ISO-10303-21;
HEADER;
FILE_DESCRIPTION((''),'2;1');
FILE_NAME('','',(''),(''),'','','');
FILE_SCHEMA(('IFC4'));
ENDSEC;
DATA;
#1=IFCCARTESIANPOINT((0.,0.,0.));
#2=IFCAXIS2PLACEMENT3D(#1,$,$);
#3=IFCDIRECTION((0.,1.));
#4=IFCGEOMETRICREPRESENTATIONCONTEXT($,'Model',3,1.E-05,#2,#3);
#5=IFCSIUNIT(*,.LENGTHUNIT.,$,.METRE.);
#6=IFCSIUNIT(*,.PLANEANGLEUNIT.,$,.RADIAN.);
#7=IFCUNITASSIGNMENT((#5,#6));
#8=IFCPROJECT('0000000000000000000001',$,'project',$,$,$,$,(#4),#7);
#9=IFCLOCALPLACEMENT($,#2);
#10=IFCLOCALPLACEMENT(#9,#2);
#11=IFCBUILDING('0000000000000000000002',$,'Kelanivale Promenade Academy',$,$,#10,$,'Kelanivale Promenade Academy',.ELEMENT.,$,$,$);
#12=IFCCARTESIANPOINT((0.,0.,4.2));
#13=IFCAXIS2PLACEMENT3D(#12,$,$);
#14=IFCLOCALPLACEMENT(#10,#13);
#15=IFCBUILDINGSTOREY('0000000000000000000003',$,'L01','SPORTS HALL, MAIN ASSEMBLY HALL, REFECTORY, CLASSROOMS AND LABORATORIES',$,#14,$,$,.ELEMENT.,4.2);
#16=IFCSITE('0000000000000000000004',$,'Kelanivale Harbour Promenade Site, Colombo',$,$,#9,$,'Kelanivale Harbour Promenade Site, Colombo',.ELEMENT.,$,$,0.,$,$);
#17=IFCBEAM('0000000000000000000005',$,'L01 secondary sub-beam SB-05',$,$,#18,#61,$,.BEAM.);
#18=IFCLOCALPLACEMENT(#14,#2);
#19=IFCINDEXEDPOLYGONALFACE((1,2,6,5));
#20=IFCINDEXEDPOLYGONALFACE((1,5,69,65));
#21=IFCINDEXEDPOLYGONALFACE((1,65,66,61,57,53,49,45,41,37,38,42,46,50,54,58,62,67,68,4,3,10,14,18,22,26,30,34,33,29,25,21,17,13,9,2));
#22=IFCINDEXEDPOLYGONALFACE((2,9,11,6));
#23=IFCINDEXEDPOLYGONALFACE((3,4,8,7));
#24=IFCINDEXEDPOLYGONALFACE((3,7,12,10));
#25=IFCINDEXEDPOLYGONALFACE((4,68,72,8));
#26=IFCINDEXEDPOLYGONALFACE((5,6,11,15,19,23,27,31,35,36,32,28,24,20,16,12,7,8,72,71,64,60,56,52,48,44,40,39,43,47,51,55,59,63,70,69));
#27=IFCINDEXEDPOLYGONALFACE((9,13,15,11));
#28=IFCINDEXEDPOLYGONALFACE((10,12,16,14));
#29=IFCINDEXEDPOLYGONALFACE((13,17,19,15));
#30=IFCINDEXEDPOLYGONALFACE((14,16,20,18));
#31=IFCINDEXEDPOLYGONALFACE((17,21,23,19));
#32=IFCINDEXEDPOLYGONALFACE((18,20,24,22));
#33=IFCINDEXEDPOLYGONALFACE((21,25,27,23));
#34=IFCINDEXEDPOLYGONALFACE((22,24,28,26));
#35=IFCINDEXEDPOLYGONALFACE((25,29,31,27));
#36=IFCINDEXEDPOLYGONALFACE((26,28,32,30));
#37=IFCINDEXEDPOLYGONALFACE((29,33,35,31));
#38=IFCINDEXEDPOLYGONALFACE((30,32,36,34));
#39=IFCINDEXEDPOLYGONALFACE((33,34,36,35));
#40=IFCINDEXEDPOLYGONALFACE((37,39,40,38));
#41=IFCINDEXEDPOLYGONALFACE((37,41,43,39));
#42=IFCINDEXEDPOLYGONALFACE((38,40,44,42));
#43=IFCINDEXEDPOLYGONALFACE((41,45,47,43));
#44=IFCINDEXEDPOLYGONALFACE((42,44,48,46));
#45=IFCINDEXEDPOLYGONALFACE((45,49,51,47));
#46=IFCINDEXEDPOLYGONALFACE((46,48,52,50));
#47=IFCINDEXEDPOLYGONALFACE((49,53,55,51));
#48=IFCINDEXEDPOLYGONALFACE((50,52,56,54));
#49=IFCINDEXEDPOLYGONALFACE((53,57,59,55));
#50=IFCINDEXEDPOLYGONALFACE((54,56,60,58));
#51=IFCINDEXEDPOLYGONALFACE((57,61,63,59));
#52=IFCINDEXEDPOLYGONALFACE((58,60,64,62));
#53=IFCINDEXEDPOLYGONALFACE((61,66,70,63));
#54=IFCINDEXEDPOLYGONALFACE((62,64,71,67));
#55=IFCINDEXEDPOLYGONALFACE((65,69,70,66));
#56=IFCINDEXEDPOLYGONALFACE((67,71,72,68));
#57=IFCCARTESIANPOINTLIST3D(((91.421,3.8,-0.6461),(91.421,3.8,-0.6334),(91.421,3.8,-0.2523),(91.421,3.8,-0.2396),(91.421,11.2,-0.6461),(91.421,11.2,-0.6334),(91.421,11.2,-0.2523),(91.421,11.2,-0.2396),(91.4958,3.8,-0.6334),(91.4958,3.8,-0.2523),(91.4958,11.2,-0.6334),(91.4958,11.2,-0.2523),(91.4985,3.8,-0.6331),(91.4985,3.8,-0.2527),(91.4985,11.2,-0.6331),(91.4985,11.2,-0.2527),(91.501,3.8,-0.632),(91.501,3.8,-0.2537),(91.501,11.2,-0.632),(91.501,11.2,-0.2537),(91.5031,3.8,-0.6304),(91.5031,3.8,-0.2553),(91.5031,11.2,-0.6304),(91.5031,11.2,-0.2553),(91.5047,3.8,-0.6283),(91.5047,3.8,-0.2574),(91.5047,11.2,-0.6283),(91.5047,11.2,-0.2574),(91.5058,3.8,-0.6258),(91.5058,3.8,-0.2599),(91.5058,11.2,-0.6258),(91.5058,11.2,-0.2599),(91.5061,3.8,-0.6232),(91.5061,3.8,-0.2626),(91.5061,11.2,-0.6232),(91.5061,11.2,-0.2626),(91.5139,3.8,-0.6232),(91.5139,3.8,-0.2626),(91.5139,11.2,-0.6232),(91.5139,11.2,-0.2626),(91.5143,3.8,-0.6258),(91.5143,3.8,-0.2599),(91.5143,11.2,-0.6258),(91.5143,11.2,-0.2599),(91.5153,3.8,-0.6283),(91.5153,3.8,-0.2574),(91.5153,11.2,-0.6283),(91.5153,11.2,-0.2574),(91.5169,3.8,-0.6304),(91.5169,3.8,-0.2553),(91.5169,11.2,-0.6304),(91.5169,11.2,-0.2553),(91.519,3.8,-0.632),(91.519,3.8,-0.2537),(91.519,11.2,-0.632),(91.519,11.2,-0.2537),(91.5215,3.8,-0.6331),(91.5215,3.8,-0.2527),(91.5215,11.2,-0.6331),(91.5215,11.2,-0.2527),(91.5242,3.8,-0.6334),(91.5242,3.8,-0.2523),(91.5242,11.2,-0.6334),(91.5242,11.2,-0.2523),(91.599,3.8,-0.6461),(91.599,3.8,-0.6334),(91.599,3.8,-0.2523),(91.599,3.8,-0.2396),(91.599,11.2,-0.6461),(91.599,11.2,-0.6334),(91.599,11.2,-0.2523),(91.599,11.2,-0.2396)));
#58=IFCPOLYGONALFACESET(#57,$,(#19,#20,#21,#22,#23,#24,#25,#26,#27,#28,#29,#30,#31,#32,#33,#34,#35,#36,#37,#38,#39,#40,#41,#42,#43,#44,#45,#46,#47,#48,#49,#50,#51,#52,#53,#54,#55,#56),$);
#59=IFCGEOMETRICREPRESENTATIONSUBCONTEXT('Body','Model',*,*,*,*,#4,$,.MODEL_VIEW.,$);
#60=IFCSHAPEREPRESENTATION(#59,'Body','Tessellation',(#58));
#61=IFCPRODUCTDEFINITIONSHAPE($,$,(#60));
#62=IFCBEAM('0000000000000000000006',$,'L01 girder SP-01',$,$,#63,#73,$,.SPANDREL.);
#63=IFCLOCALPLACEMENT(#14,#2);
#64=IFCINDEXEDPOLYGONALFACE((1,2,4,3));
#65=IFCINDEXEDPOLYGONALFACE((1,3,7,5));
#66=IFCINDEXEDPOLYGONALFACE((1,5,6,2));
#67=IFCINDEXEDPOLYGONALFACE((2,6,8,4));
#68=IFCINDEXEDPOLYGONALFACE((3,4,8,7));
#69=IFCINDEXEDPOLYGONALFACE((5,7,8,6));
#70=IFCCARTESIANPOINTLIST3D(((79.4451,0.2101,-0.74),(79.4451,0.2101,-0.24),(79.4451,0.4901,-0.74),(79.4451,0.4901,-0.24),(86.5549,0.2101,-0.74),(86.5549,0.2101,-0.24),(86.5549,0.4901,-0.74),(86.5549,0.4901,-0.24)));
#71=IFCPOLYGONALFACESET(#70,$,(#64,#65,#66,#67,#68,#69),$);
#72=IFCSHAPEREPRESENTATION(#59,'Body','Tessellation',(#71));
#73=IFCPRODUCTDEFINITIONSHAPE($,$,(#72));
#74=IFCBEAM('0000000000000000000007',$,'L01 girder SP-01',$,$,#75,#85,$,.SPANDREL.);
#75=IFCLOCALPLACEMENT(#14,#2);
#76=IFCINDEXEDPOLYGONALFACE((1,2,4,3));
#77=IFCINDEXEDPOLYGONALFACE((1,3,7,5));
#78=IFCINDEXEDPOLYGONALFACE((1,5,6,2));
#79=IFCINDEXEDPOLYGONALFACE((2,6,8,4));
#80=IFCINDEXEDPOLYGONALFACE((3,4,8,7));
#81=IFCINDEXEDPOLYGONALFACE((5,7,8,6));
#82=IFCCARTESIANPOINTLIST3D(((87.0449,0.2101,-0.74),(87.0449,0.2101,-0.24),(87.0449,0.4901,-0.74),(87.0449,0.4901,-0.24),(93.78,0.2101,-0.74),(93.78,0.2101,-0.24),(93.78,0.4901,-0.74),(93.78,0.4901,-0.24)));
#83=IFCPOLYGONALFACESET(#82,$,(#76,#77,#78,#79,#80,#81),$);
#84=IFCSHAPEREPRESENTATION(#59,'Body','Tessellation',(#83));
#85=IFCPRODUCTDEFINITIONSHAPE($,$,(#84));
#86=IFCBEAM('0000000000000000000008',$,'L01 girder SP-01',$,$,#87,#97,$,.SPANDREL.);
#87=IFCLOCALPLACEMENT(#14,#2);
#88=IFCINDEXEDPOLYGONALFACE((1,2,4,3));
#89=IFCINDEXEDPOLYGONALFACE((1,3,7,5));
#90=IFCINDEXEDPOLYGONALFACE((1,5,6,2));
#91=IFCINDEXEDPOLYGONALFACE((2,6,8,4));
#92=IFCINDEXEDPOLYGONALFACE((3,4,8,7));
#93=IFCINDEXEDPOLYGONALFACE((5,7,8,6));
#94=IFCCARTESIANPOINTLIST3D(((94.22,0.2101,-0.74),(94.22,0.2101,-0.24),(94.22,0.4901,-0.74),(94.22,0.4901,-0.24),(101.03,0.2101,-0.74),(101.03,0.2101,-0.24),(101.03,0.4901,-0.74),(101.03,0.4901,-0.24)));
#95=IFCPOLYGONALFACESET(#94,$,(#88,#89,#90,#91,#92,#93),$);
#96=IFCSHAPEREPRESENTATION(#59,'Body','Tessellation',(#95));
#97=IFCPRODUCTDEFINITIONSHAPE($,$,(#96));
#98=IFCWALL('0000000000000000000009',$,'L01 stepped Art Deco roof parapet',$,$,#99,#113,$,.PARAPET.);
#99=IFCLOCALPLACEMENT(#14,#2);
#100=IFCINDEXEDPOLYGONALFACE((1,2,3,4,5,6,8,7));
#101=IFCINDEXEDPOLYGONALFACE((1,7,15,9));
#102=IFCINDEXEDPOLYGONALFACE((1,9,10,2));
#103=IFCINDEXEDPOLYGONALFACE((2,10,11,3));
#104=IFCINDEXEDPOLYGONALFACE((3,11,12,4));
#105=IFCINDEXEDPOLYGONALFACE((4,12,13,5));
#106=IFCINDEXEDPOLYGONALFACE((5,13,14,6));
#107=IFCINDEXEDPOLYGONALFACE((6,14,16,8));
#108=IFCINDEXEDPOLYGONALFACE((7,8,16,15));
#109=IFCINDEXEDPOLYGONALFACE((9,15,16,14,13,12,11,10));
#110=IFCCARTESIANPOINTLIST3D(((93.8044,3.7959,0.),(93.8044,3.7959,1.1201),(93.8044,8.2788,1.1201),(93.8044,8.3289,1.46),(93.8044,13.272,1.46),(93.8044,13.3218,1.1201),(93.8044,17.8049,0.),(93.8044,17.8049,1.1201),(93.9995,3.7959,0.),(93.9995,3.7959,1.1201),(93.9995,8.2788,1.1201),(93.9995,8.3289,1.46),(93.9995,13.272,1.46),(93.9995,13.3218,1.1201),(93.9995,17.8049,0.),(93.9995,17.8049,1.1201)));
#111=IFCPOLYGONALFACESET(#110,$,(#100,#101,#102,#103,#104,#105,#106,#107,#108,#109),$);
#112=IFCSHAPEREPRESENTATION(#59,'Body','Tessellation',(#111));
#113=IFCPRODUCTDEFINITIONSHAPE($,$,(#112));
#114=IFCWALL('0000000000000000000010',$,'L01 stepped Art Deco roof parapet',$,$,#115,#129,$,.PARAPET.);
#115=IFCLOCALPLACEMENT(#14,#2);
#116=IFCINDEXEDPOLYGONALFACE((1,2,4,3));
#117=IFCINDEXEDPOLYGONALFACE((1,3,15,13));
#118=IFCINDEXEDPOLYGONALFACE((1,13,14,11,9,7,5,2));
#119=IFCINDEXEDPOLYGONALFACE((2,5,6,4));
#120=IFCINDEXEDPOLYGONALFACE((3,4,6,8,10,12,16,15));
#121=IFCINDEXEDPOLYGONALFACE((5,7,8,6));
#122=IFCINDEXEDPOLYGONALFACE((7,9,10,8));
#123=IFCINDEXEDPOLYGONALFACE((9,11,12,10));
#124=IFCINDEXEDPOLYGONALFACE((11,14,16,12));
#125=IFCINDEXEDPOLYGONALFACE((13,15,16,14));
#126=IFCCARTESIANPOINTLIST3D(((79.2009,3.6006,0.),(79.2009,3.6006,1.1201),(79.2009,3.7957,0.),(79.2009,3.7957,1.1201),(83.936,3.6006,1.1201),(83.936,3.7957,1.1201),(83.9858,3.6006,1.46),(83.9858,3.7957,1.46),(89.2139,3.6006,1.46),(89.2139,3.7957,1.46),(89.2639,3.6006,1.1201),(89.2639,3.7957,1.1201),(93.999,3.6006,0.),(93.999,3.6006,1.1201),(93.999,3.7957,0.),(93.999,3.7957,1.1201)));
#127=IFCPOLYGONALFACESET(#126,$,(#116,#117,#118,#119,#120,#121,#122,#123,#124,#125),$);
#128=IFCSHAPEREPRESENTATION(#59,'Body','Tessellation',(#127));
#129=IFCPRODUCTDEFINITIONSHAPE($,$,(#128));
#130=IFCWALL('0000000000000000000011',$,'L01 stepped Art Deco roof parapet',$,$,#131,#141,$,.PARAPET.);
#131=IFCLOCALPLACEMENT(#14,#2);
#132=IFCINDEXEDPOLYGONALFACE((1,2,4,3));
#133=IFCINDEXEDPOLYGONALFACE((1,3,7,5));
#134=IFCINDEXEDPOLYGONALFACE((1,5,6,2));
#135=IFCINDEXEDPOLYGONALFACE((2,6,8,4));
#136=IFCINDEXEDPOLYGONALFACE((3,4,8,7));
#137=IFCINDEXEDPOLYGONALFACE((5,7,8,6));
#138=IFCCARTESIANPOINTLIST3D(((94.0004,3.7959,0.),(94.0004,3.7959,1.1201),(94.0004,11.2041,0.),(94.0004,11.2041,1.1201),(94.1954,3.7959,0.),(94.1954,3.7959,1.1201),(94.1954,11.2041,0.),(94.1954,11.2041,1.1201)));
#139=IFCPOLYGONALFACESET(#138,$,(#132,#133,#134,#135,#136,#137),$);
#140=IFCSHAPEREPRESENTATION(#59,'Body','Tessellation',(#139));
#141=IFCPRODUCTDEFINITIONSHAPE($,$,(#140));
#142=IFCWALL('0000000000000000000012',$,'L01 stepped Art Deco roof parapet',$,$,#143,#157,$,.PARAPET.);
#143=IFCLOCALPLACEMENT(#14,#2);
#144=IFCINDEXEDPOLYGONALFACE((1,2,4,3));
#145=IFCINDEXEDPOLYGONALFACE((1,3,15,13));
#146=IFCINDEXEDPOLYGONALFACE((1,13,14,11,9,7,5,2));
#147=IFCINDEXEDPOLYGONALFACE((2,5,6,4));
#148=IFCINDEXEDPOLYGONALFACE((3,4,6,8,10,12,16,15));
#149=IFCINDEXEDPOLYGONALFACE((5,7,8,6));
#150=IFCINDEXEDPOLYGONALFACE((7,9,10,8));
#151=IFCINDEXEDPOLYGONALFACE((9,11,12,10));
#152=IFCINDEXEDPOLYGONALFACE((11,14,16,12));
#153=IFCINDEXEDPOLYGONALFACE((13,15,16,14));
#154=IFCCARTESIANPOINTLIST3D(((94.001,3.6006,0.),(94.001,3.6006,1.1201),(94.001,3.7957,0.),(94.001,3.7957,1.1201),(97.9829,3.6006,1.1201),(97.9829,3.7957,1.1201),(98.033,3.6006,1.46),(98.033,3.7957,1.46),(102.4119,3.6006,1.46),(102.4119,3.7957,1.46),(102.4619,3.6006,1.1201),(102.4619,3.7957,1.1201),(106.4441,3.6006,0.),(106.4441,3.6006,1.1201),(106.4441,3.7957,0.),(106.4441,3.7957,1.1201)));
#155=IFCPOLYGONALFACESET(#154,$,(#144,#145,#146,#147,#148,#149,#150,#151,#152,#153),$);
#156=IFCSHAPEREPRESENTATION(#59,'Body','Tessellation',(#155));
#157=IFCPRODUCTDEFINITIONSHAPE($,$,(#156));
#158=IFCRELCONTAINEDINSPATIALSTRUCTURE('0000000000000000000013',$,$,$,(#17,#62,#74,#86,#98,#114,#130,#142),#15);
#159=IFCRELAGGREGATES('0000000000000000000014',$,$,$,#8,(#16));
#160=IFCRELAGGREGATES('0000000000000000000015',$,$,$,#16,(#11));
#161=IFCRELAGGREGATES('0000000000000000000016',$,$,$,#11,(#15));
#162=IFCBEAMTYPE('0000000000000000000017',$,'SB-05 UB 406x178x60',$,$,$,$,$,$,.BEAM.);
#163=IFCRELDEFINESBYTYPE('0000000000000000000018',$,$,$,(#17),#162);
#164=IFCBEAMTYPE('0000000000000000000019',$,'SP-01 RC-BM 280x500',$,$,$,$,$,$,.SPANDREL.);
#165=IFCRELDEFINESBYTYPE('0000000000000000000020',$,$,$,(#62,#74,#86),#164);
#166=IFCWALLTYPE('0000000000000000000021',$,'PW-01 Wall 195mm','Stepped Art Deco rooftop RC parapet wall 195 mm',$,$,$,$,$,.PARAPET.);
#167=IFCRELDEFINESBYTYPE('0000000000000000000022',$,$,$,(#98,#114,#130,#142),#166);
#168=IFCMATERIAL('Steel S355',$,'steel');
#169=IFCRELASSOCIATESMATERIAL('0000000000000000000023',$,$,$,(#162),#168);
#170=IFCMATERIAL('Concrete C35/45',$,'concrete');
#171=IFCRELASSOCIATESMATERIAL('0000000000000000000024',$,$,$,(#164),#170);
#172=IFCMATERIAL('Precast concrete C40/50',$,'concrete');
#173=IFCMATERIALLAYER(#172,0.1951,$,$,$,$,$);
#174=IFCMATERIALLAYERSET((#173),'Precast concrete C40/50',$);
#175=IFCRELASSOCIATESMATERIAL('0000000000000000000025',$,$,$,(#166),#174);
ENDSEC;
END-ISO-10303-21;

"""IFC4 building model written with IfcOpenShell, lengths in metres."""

from ifc_helpers import new_model, si_unit, direction, frame, frame_2d, origin, origin_2d, place, context, subcontext, project, spatial, polyline, rectangle, i_section, outline, extrude, material, layer, layer_set, material_profile, profile_set, type_object, element, save


model = new_model("IFC4")

# Units and contexts
model_context = context("Model", 3, precision=1e-05, world=origin(), true_north=direction((0.0, 1.0)))
body_context = subcontext(model_context, "Body", "Model", "MODEL_VIEW")
ifc_project = project(units=[si_unit("LENGTHUNIT", "METRE"), si_unit("PLANEANGLEUNIT", "RADIAN")], contexts=[model_context])

# Site, building, storey
site_placement = place(None, origin())
site = spatial("IfcSite", under=ifc_project, at=site_placement, Name="Kelanivale Harbour Promenade Site, Colombo", LongName="Kelanivale Harbour Promenade Site, Colombo", CompositionType="ELEMENT", RefElevation=0.0)
building_placement = place(site_placement, origin())
building = spatial("IfcBuilding", under=site, at=building_placement, Name="Kelanivale Promenade Academy", LongName="Kelanivale Promenade Academy", CompositionType="ELEMENT")
storey_placement = place(building_placement, frame((0.0, 0.0, 4.2)))
storey = spatial("IfcBuildingStorey", under=building, at=storey_placement, Name="L01", Description="SPORTS HALL, MAIN ASSEMBLY HALL, REFECTORY, CLASSROOMS AND LABORATORIES", CompositionType="ELEMENT", Elevation=4.2)

# Beams
ifc_material_1 = material(Name="Concrete C35/45", Category="concrete")
ifc_material_2 = material(Name="Steel S355", Category="steel")
ifc_material_profile_1 = material_profile(ifc_material_2, i_section(OverallWidth=0.178, OverallDepth=0.4065, WebThickness=0.0078, FlangeThickness=0.0127, FilletRadius=0.0103, at=origin_2d()), Name="UB 406x178x60")
ifc_profile_set_1 = profile_set([ifc_material_profile_1], Name="Steel S355")
beam_type_1 = type_object("IfcBeamType", Name="SB-05 UB 406x178x60", PredefinedType="BEAM", material=ifc_profile_set_1)
beam_1_placement = place(storey_placement, frame((91.51, 3.8, -0.4429), z_axis=(0.0, 1.0, 0.0), x_axis=(-1.0, 0.0, 0.0)))
element("IfcBeam", 1, at=beam_1_placement, inside=storey, type_object=beam_type_1, Name="L01 secondary sub-beam SB-05", PredefinedType="BEAM", context=body_context, shape_type="SweptSolid", body=[
    extrude(i_section(OverallWidth=0.178, OverallDepth=0.4065, WebThickness=0.0078, FlangeThickness=0.0127, FilletRadius=0.0103, at=origin_2d()), origin(), (0.0, 0.0, 1.0), 7.3999),
])
ifc_material_profile_2 = material_profile(ifc_material_1, rectangle(XDim=0.28, YDim=0.5, at=origin_2d()), Name="RC-BM 280x500")
ifc_profile_set_2 = profile_set([ifc_material_profile_2], Name="Concrete C35/45")
beam_type_2 = type_object("IfcBeamType", Name="SP-01 RC-BM 280x500", PredefinedType="SPANDREL", material=ifc_profile_set_2)
beam_2_placement = place(storey_placement, frame((79.4451, 0.3501, -0.49), z_axis=(1.0, 0.0, 0.0), x_axis=(0.0, 1.0, 0.0)))
element("IfcBeam", 2, at=beam_2_placement, inside=storey, type_object=beam_type_2, Name="L01 girder SP-01", PredefinedType="SPANDREL", context=body_context, shape_type="SweptSolid", body=[
    extrude(rectangle(XDim=0.28, YDim=0.5, at=origin_2d()), origin(), (0.0, 0.0, 1.0), 7.1099),
])
beam_3_placement = place(storey_placement, frame((87.0449, 0.3501, -0.49), z_axis=(1.0, 0.0, 0.0), x_axis=(0.0, 1.0, 0.0)))
element("IfcBeam", 3, at=beam_3_placement, inside=storey, type_object=beam_type_2, Name="L01 girder SP-01", PredefinedType="SPANDREL", context=body_context, shape_type="SweptSolid", body=[
    extrude(rectangle(XDim=0.28, YDim=0.5, at=origin_2d()), origin(), (0.0, 0.0, 1.0), 6.7351),
])
beam_4_placement = place(storey_placement, frame((94.22, 0.3501, -0.49), z_axis=(1.0, 0.0, 0.0), x_axis=(0.0, 1.0, 0.0)))
element("IfcBeam", 4, at=beam_4_placement, inside=storey, type_object=beam_type_2, Name="L01 girder SP-01", PredefinedType="SPANDREL", context=body_context, shape_type="SweptSolid", body=[
    extrude(rectangle(XDim=0.28, YDim=0.5, at=origin_2d()), origin(), (0.0, 0.0, 1.0), 6.8101),
])

# Walls
ifc_material_3 = material(Name="Precast concrete C40/50", Category="concrete")
ifc_layer = layer(ifc_material_3, 0.1951)
ifc_layer_set = layer_set([ifc_layer], Name="Precast concrete C40/50")
wall_type = type_object("IfcWallType", Name="PW-01 Wall 195mm", Description="Stepped Art Deco rooftop RC parapet wall 195 mm", PredefinedType="PARAPET", material=ifc_layer_set)
wall_1_placement = place(storey_placement, frame((93.9021, 3.7959, 0.0), z_axis=(0.0, 0.0, 1.0), x_axis=(0.0, 1.0, 0.0)))
element("IfcWall", 5, at=wall_1_placement, inside=storey, type_object=wall_type, Name="L01 stepped Art Deco roof parapet", PredefinedType="PARAPET", context=body_context, shape_type="SweptSolid", body=[
    extrude(outline(polyline([(0.0, 0.0), (14.009, 0.0), (14.009, 1.1201), (9.5259, 1.1201), (9.4761, 1.46), (4.533, 1.46), (4.4829, 1.1201), (0.0, 1.1201), (0.0, 0.0)])), frame((0.0, 0.0977, 0.0), z_axis=(0.0, -1.0, 0.0), x_axis=(1.0, 0.0, 0.0)), (0.0, 0.0, 1.0), 0.1951),
])
wall_2_placement = place(storey_placement, frame((79.2009, 3.698, 0.0), z_axis=(0.0, 0.0, 1.0), x_axis=(1.0, 0.0, 0.0)))
element("IfcWall", 6, at=wall_2_placement, inside=storey, type_object=wall_type, Name="L01 stepped Art Deco roof parapet", PredefinedType="PARAPET", context=body_context, shape_type="SweptSolid", body=[
    extrude(outline(polyline([(0.0, 0.0), (14.7981, 0.0), (14.7981, 1.1201), (10.063, 1.1201), (10.0129, 1.46), (4.7849, 1.46), (4.7351, 1.1201), (0.0, 1.1201), (0.0, 0.0)])), frame((0.0, 0.0977, 0.0), z_axis=(0.0, -1.0, 0.0), x_axis=(1.0, 0.0, 0.0)), (0.0, 0.0, 1.0), 0.1951),
])
wall_3_placement = place(storey_placement, frame((94.0979, 11.2041, 0.0), z_axis=(0.0, 0.0, 1.0), x_axis=(0.0, -1.0, 0.0)))
element("IfcWall", 7, at=wall_3_placement, inside=storey, type_object=wall_type, Name="L01 stepped Art Deco roof parapet", PredefinedType="PARAPET", context=body_context, shape_type="SweptSolid", body=[
    extrude(rectangle(XDim=7.4082, YDim=0.1951, at=frame_2d((3.7041, 0.0))), origin(), (0.0, 0.0, 1.0), 1.1201),
])
wall_4_placement = place(storey_placement, frame((94.001, 3.698, 0.0), z_axis=(0.0, 0.0, 1.0), x_axis=(1.0, 0.0, 0.0)))
element("IfcWall", 8, at=wall_4_placement, inside=storey, type_object=wall_type, Name="L01 stepped Art Deco roof parapet", PredefinedType="PARAPET", context=body_context, shape_type="SweptSolid", body=[
    extrude(outline(polyline([(0.0, 0.0), (12.4431, 0.0), (12.4431, 1.1201), (8.4609, 1.1201), (8.4109, 1.46), (4.032, 1.46), (3.9819, 1.1201), (0.0, 1.1201), (0.0, 0.0)])), frame((0.0, 0.0977, 0.0), z_axis=(0.0, -1.0, 0.0), x_axis=(1.0, 0.0, 0.0)), (0.0, 0.0, 1.0), 0.1951),
])

save(model, "model.ifc")
